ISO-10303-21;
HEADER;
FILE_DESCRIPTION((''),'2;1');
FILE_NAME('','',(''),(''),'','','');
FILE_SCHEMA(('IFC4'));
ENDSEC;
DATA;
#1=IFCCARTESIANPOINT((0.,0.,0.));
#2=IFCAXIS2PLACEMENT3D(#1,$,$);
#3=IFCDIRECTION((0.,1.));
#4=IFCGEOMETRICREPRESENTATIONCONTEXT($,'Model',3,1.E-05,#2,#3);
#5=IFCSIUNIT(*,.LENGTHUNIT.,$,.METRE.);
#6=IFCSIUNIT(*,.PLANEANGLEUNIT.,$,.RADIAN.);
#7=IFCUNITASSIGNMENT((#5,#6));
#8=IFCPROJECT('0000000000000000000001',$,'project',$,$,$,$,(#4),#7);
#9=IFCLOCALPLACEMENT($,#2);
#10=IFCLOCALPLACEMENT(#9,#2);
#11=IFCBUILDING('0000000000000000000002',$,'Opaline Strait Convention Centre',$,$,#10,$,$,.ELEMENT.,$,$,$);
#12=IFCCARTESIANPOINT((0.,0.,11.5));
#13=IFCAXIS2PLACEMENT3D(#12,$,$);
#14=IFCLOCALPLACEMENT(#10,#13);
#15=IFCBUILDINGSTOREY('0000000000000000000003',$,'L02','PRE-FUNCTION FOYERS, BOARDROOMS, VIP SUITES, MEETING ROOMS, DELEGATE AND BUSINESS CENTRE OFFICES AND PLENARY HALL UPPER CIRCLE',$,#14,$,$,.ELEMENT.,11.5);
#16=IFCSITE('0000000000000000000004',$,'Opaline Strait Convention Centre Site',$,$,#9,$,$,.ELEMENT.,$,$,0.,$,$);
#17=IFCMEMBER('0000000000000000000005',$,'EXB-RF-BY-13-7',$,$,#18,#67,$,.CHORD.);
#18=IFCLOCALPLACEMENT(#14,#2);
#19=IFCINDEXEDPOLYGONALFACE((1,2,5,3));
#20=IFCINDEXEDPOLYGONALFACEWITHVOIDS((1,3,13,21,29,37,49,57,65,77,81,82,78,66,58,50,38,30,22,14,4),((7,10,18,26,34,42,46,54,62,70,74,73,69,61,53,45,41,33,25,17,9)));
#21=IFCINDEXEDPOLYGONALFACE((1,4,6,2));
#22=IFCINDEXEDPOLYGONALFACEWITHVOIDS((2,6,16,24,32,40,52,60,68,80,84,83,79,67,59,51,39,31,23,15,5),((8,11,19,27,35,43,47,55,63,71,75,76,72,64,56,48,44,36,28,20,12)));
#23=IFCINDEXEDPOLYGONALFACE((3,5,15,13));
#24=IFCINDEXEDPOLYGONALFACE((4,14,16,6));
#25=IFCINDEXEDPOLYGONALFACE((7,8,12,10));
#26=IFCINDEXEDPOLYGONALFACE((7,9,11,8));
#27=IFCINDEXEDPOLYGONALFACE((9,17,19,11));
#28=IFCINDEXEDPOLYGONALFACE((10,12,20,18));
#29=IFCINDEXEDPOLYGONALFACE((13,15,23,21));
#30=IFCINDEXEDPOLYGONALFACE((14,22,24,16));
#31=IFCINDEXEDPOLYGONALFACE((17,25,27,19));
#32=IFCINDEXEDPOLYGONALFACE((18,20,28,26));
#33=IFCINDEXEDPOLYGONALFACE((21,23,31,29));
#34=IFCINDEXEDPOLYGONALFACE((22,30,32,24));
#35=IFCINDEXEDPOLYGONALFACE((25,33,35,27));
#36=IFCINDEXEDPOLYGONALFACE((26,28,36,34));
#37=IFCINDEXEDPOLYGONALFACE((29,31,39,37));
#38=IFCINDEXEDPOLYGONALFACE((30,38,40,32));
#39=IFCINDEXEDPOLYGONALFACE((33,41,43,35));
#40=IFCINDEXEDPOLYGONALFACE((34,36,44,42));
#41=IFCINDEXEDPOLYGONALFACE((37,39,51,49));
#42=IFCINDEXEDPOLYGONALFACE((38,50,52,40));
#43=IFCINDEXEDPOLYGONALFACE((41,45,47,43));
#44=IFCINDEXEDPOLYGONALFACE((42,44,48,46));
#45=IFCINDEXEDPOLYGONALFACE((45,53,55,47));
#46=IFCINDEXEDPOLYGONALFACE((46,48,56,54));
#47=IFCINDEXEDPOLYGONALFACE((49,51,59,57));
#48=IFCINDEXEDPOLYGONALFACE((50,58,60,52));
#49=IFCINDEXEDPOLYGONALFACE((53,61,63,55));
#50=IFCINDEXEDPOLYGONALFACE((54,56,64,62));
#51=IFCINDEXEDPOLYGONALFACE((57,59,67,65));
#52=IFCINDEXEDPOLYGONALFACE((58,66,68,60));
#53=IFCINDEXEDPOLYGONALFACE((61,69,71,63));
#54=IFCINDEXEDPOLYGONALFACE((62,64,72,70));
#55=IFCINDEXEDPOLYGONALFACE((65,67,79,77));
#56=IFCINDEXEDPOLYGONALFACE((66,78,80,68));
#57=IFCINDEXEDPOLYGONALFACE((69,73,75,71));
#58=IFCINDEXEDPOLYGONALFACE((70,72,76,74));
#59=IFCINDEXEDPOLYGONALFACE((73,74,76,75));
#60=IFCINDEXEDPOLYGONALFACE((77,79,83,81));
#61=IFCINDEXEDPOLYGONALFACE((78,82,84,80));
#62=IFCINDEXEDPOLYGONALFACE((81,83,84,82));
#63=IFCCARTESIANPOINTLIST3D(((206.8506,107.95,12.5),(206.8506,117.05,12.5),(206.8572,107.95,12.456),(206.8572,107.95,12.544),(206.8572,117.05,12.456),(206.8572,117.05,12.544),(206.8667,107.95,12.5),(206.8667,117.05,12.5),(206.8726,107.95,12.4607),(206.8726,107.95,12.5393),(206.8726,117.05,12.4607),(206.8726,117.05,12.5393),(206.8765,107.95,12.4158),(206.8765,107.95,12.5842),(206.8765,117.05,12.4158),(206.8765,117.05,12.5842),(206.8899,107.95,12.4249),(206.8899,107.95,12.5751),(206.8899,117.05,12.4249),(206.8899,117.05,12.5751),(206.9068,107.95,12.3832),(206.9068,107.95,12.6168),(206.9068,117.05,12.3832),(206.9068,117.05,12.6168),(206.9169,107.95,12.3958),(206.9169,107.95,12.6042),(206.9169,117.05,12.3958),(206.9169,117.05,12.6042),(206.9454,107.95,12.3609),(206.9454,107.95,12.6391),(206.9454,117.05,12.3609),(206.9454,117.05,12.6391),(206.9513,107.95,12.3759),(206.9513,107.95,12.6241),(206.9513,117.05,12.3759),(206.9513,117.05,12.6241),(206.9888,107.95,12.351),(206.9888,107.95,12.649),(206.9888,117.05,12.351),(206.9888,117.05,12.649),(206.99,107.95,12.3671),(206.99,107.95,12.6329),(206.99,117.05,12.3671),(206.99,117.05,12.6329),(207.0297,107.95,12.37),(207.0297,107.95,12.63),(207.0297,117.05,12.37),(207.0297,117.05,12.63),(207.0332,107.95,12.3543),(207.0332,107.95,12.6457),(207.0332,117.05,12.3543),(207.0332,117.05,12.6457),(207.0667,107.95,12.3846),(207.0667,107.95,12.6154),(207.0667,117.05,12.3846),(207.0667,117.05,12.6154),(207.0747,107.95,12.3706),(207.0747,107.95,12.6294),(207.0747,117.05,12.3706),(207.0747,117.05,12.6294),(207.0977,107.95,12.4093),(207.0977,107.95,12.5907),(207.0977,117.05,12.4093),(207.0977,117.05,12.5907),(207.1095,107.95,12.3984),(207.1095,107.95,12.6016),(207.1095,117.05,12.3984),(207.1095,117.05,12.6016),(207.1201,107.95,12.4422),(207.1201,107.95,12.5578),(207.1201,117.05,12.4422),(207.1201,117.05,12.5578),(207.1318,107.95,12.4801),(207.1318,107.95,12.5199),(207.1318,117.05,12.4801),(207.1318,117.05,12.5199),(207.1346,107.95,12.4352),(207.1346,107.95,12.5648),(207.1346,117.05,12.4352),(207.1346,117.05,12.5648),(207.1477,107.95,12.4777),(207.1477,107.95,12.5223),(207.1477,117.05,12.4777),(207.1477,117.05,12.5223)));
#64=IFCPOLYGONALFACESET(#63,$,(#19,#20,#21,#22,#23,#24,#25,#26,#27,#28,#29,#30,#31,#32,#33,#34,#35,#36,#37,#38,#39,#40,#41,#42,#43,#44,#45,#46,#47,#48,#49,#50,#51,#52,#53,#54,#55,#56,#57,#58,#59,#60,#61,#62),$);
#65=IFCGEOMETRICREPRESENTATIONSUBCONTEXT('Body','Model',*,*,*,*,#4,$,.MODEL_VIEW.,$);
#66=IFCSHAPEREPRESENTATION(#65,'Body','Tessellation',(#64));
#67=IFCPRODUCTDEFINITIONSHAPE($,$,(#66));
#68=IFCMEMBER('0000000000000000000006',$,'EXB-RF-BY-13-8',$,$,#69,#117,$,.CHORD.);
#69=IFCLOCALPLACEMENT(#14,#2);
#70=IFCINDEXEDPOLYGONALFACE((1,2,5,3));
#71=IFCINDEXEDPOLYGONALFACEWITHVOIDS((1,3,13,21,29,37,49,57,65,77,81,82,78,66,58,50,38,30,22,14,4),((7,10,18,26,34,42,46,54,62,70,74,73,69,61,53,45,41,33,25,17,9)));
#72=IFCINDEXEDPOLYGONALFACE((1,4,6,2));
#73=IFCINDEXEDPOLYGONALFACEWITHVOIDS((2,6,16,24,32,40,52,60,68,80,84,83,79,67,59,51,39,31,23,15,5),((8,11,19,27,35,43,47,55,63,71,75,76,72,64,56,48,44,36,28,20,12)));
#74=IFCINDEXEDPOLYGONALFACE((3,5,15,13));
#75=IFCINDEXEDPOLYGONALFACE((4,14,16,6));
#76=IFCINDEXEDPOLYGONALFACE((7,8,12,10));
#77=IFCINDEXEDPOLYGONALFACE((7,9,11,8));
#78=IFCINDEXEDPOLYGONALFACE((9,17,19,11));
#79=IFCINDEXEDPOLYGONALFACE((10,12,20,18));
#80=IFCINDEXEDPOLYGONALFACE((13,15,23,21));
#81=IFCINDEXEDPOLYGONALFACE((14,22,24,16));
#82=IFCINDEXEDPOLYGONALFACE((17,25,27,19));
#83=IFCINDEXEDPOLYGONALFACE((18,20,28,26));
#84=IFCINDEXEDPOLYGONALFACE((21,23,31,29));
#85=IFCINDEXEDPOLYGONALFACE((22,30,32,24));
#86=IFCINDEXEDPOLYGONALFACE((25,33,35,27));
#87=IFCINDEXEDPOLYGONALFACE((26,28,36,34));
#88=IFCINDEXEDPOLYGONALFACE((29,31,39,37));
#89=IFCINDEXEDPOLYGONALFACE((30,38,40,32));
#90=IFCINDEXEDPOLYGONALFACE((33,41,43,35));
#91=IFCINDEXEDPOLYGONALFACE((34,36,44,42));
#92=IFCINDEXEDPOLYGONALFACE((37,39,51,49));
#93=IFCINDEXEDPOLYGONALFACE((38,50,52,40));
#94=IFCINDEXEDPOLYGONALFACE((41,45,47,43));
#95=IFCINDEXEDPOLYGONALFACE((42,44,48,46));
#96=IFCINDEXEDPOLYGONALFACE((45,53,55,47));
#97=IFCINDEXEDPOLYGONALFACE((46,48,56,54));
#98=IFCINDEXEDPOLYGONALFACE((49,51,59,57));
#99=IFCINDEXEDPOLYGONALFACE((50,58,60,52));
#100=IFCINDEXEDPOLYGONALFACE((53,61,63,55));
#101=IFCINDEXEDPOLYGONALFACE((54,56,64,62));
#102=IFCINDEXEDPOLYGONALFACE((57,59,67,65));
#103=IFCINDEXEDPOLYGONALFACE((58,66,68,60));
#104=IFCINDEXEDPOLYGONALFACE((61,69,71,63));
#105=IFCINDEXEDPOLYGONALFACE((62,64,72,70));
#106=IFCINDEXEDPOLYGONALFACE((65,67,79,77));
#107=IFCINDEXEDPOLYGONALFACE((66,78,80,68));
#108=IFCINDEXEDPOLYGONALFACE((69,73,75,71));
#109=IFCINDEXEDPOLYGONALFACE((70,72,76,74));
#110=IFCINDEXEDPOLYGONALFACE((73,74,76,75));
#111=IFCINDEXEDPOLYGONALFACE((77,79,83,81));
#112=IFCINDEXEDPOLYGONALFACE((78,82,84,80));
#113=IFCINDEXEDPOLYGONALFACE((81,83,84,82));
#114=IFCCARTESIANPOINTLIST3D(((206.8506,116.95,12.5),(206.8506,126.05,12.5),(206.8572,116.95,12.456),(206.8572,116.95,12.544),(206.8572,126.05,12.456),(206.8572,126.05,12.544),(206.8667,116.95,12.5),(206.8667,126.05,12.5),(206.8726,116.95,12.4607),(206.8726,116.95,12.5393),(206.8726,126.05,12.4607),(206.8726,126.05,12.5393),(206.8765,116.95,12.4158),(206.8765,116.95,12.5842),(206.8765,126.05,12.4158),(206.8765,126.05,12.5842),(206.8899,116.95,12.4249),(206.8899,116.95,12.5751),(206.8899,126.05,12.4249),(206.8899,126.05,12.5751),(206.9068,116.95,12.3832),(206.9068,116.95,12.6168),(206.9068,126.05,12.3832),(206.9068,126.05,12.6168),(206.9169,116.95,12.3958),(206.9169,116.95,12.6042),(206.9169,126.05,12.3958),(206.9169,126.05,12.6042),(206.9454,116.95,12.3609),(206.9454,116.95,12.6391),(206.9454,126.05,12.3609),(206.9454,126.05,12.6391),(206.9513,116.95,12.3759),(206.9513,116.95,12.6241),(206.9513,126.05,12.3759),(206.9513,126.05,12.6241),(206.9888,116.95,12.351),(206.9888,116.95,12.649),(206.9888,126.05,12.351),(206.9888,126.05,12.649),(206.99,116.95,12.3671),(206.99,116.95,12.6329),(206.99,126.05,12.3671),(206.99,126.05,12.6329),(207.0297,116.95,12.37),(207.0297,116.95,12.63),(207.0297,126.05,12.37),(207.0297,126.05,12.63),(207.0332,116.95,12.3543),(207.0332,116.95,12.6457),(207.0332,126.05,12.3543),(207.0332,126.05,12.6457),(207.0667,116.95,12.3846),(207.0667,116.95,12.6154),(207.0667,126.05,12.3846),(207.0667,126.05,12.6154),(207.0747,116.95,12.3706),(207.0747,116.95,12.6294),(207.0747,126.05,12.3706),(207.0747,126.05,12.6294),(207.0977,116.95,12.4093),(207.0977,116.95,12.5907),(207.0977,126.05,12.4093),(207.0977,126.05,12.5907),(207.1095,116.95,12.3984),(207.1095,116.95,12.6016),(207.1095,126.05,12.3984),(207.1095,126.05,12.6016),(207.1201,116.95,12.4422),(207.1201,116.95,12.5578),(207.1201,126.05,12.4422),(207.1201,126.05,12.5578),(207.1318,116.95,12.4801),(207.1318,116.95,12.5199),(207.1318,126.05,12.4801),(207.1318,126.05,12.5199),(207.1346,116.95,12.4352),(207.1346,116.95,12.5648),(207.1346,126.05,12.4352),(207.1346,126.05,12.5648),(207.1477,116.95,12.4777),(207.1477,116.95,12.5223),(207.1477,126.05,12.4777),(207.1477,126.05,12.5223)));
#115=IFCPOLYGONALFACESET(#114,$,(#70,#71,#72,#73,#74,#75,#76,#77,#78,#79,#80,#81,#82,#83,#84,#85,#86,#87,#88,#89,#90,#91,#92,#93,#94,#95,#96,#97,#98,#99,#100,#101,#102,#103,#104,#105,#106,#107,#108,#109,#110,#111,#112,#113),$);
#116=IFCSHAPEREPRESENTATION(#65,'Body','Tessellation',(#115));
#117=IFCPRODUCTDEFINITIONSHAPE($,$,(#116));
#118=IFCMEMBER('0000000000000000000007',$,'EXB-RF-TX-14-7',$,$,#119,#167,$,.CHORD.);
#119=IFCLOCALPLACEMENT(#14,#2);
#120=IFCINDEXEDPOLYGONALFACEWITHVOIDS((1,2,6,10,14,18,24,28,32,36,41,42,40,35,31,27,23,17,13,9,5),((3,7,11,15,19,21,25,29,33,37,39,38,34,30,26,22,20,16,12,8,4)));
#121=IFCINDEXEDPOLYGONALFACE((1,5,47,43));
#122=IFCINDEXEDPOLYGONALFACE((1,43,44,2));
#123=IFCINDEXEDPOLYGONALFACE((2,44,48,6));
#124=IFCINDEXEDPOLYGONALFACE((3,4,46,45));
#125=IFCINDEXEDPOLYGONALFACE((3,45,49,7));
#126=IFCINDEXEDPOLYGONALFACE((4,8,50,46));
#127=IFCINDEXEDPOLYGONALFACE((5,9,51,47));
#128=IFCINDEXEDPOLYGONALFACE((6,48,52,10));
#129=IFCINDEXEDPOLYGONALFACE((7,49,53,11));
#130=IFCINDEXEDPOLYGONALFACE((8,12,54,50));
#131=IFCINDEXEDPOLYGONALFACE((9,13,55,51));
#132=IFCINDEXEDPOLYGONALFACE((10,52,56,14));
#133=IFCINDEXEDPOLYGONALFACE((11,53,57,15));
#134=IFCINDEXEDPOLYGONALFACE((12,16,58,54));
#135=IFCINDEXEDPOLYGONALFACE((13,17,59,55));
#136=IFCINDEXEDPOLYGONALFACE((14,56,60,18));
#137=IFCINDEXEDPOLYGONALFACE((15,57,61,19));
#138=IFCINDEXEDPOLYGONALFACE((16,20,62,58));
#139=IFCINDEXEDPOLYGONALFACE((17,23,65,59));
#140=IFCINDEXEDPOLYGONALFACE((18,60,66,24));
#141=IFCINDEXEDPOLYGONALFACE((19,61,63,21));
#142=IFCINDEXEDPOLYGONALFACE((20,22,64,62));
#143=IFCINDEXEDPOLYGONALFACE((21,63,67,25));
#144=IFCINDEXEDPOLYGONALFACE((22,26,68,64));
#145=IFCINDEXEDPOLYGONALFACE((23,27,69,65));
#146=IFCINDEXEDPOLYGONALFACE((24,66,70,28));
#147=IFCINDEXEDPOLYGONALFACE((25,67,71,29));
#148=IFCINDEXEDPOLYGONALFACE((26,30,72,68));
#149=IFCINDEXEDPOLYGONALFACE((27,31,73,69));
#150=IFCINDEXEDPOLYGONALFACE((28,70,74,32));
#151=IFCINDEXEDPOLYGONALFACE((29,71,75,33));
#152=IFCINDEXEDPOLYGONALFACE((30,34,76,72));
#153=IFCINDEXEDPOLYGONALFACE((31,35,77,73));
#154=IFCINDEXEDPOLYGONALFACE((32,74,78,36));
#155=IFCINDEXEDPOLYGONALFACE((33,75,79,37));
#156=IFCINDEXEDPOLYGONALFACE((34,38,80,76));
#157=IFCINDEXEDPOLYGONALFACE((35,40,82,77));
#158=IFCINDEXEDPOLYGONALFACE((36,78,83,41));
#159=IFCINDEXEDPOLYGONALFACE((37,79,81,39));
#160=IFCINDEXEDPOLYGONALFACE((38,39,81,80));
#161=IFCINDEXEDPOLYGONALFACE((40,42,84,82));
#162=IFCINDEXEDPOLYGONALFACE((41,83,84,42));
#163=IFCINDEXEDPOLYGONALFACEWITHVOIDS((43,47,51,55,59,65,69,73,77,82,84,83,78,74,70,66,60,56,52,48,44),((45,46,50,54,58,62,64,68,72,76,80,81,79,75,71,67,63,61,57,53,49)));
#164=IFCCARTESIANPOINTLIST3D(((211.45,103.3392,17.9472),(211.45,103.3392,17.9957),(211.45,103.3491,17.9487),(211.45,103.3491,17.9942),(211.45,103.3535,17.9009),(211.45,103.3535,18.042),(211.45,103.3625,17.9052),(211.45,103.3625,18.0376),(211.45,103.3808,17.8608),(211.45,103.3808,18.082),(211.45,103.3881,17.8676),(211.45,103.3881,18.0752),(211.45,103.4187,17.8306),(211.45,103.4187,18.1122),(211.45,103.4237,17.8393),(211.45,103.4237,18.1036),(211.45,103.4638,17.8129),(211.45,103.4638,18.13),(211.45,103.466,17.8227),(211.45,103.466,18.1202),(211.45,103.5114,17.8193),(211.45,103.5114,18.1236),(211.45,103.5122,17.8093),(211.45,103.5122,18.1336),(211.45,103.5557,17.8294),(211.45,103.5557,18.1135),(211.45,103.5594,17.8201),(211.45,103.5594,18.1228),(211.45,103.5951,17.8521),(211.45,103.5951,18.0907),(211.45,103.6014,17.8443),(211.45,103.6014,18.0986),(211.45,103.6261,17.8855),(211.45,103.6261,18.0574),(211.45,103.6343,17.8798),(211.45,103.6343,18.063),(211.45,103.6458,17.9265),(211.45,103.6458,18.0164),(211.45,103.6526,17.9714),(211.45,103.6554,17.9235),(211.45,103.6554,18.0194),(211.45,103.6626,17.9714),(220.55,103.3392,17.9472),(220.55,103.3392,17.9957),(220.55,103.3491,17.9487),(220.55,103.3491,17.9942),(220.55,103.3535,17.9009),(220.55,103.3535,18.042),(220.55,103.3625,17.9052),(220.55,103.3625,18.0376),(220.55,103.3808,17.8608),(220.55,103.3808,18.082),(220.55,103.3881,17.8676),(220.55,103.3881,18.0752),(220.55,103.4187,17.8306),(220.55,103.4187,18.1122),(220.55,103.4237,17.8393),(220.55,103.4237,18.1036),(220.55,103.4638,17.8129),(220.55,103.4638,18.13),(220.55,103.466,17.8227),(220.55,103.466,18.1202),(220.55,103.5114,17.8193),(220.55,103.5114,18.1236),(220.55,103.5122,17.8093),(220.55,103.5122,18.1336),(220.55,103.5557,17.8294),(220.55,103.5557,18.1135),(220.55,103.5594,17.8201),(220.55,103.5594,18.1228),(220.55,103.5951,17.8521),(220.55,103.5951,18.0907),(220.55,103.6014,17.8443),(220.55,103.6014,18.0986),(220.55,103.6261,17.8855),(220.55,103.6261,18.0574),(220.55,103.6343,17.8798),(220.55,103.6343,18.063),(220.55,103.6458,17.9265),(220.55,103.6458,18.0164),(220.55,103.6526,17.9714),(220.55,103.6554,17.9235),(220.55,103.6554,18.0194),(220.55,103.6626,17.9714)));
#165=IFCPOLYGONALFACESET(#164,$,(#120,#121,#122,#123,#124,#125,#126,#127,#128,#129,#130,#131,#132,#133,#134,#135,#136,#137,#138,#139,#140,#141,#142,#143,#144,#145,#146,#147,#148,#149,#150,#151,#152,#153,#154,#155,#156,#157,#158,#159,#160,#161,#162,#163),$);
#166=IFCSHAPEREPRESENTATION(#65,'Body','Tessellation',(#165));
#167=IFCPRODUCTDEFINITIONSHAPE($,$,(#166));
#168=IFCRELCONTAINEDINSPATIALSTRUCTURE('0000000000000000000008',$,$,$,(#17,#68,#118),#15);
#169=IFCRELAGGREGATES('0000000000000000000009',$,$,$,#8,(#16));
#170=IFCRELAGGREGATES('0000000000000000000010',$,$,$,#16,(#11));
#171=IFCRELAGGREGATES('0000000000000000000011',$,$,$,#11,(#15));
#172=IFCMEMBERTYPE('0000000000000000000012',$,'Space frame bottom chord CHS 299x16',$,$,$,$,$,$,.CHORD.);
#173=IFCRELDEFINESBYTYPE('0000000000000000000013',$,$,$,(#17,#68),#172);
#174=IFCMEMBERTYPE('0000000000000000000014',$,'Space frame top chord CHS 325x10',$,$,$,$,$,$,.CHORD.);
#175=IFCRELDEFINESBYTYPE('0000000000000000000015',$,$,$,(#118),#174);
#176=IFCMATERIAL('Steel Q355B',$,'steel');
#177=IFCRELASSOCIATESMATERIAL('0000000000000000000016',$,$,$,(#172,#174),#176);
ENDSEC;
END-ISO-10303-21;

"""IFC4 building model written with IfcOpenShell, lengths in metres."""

from ifc_helpers import new_model, si_unit, direction, frame, origin, origin_2d, place, context, subcontext, project, spatial, hollow_circle, extrude, material, material_profile, profile_set, type_object, element, save


model = new_model("IFC4")

# Units and contexts
model_context = context("Model", 3, precision=1e-05, world=origin(), true_north=direction((0.0, 1.0)))
body_context = subcontext(model_context, "Body", "Model", "MODEL_VIEW")
ifc_project = project(units=[si_unit("LENGTHUNIT", "METRE"), si_unit("PLANEANGLEUNIT", "RADIAN")], contexts=[model_context])

# Site, building, storey
site_placement = place(None, origin())
site = spatial("IfcSite", under=ifc_project, at=site_placement, Name="Opaline Strait Convention Centre Site", CompositionType="ELEMENT", RefElevation=0.0)
building_placement = place(site_placement, origin())
building = spatial("IfcBuilding", under=site, at=building_placement, Name="Opaline Strait Convention Centre", CompositionType="ELEMENT")
storey_placement = place(building_placement, frame((0.0, 0.0, 11.5)))
storey = spatial("IfcBuildingStorey", under=building, at=storey_placement, Name="L02", Description="PRE-FUNCTION FOYERS, BOARDROOMS, VIP SUITES, MEETING ROOMS, DELEGATE AND BUSINESS CENTRE OFFICES AND PLENARY HALL UPPER CIRCLE", CompositionType="ELEMENT", Elevation=11.5)

# Members
ifc_material_1 = material(Name="Steel Q355B", Category="steel")
ifc_material_profile_1 = material_profile(ifc_material_1, hollow_circle(Radius=0.1494, WallThickness=0.0161, at=origin_2d()), Name="CHS 299x16")
ifc_profile_set_1 = profile_set([ifc_material_profile_1], Name="Steel Q355B")
member_type_1 = type_object("IfcMemberType", Name="Space frame bottom chord CHS 299x16", PredefinedType="CHORD", material=ifc_profile_set_1)
for number, where, z_axis, x_axis, name in (
    (1, (207.0, 107.95, 12.5), (0.0, 1.0, 0.0), (-1.0, 0.0, 0.0), "EXB-RF-BY-13-7"),
    (2, (207.0, 116.95, 12.5), (0.0, 1.0, 0.0), (-1.0, 0.0, 0.0), "EXB-RF-BY-13-8"),
):
    element("IfcMember", number, at=place(storey_placement, frame(where, z_axis=z_axis, x_axis=x_axis)), inside=storey, type_object=member_type_1, Name=name, PredefinedType="CHORD", context=body_context, shape_type="SweptSolid", body=[
        extrude(hollow_circle(Radius=0.1494, WallThickness=0.0161, at=origin_2d()), origin(), (0.0, 0.0, 1.0), 9.1001),
    ])
ifc_material_profile_2 = material_profile(ifc_material_1, hollow_circle(Radius=0.1626, WallThickness=0.01, at=origin_2d()), Name="CHS 325x10")
ifc_profile_set_2 = profile_set([ifc_material_profile_2], Name="Steel Q355B")
member_type_2 = type_object("IfcMemberType", Name="Space frame top chord CHS 325x10", PredefinedType="CHORD", material=ifc_profile_set_2)
for number, where, z_axis, x_axis, name in (
    (3, (211.45, 103.5, 17.9714), (1.0, 0.0, 0.0), (0.0, 1.0, 0.0), "EXB-RF-TX-14-7"),
):
    element("IfcMember", number, at=place(storey_placement, frame(where, z_axis=z_axis, x_axis=x_axis)), inside=storey, type_object=member_type_2, Name=name, PredefinedType="CHORD", context=body_context, shape_type="SweptSolid", body=[
        extrude(hollow_circle(Radius=0.1626, WallThickness=0.01, at=origin_2d()), origin(), (0.0, 0.0, 1.0), 9.1001),
    ])

save(model, "model.ifc")
